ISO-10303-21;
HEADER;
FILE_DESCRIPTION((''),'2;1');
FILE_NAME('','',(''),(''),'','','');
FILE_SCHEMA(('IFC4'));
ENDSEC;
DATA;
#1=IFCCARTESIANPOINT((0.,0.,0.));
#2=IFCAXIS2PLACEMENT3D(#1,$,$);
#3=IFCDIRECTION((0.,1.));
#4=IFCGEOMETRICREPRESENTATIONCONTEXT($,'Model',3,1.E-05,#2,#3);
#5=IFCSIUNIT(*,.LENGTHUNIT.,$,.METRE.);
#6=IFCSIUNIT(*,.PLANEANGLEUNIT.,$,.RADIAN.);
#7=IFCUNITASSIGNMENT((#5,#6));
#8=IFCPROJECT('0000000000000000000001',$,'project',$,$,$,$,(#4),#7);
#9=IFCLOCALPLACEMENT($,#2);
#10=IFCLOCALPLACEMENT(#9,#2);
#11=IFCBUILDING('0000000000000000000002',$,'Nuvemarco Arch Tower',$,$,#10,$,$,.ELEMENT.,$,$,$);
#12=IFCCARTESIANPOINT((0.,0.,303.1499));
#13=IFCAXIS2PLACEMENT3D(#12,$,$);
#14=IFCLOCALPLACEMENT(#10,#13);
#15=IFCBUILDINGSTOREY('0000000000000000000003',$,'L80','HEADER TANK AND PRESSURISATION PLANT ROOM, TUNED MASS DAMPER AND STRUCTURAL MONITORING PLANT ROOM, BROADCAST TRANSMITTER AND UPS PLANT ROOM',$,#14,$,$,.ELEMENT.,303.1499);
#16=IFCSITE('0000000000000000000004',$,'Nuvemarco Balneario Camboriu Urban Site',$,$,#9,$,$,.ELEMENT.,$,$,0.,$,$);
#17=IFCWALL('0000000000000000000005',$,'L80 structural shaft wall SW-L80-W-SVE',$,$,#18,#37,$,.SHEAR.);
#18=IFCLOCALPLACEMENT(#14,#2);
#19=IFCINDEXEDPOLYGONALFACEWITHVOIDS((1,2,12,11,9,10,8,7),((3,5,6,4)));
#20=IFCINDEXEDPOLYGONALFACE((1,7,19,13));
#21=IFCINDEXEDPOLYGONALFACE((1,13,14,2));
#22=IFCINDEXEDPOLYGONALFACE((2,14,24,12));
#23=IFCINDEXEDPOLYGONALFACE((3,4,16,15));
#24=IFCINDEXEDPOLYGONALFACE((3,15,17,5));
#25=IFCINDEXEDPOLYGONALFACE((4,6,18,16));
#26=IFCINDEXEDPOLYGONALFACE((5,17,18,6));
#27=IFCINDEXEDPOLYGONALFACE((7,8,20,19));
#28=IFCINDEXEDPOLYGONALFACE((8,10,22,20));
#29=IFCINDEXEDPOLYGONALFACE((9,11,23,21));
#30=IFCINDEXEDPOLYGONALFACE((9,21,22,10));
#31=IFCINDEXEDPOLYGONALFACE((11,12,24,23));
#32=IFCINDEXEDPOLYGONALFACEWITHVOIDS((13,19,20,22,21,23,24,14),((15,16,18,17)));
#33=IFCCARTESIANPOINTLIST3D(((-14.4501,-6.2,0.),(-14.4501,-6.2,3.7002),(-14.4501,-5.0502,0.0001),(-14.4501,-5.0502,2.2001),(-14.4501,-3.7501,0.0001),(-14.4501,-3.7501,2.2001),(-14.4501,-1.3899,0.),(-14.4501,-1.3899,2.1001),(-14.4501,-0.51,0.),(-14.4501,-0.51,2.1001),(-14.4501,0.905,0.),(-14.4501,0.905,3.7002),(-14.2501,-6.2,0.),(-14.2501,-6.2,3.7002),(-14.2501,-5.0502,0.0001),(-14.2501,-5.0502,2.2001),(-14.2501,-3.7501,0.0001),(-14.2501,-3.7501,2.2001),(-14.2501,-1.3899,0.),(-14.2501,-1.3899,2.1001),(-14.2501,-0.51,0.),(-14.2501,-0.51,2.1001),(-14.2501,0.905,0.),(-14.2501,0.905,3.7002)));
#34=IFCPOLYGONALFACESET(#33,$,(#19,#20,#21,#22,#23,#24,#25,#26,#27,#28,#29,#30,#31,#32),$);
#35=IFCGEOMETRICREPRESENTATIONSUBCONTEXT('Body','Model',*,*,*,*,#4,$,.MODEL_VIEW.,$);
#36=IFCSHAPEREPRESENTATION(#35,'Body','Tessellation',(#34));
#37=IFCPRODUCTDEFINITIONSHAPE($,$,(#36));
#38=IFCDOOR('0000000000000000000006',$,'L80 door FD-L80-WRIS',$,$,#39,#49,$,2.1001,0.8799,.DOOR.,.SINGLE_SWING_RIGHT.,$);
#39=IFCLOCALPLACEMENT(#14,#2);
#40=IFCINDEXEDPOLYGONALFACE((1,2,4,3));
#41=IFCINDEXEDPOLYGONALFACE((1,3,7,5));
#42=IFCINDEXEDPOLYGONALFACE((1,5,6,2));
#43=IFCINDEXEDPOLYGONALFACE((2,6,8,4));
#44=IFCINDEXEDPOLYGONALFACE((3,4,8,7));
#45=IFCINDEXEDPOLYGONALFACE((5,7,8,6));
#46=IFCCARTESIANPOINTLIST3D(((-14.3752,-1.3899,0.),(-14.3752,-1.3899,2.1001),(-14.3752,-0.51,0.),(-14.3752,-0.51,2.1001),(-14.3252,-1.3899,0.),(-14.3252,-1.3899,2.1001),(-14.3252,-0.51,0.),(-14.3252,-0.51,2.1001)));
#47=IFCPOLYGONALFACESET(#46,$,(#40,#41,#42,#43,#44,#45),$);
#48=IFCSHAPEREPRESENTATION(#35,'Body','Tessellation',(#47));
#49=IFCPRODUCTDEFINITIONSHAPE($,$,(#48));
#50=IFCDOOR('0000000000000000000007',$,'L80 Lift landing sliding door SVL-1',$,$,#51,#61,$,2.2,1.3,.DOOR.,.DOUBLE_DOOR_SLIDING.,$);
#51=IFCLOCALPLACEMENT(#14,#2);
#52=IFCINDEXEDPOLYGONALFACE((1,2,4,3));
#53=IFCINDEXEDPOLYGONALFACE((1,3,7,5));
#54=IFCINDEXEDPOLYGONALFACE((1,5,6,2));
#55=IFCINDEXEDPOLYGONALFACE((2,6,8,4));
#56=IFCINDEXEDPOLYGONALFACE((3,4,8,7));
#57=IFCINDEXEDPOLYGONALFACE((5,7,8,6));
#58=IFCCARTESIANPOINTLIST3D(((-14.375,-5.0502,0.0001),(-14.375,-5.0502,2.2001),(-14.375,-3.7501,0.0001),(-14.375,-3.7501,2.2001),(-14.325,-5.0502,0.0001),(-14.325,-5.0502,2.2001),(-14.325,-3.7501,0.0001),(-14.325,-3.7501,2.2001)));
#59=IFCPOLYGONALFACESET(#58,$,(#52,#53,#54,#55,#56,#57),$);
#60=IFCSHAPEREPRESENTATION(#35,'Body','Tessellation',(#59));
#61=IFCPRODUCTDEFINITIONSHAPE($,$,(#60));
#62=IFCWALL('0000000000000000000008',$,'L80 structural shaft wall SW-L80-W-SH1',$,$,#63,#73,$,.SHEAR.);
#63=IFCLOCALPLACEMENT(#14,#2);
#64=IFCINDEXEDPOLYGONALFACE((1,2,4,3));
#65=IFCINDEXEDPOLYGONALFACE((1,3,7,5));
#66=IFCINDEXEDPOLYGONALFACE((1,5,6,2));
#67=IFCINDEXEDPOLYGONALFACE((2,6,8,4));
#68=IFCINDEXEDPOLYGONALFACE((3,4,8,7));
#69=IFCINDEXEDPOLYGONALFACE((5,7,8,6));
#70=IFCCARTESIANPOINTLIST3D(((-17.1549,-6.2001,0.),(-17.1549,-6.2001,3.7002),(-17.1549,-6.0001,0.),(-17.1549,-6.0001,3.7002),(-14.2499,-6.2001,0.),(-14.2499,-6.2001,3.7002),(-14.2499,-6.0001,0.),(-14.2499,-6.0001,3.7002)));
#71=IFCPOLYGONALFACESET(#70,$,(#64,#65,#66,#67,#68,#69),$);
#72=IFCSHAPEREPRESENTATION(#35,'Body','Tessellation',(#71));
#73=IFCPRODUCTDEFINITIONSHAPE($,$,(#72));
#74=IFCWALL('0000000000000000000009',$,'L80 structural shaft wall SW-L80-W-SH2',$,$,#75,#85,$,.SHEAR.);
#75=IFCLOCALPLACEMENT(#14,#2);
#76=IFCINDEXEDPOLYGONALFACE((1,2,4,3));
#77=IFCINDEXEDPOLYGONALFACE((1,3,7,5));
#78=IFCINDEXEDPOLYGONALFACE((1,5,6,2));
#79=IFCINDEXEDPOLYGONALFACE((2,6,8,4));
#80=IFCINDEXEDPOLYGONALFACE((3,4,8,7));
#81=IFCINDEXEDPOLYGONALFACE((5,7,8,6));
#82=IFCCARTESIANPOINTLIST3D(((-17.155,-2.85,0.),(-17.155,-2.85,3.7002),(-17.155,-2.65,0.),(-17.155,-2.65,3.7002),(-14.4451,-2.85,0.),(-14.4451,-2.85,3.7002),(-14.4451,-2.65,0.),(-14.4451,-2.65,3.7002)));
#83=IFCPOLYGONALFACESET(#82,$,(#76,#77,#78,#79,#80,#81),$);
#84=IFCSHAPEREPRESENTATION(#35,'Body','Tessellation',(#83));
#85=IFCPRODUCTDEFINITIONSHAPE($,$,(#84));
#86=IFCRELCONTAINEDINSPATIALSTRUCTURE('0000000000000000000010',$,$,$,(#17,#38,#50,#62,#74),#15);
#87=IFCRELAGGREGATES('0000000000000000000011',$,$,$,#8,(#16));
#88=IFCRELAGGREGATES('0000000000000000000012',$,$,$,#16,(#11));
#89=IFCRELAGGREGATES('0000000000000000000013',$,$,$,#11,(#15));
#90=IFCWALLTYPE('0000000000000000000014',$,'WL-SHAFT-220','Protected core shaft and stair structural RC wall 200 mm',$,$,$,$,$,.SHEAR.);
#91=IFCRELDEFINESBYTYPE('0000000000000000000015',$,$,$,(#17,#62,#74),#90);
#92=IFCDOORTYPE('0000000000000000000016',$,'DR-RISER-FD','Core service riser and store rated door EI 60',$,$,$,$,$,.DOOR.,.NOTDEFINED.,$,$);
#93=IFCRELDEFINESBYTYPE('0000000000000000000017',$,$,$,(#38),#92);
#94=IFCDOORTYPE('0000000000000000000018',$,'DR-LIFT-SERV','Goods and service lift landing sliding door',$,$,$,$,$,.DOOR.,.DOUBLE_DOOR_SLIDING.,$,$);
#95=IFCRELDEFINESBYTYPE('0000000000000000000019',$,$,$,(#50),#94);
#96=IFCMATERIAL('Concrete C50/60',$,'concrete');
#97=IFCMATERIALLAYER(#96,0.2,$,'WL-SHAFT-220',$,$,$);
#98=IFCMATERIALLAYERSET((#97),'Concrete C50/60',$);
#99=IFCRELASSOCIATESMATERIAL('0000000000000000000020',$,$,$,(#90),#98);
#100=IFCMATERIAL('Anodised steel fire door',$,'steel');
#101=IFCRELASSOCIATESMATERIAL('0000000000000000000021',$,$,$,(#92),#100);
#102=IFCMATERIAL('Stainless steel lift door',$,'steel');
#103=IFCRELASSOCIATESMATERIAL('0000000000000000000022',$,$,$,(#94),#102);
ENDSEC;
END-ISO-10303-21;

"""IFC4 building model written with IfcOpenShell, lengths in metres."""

from ifc_helpers import new_model, si_unit, direction, frame, frame_2d, origin, place, context, subcontext, project, spatial, rectangle, extrude, source, transform, mapped, material, layer, layer_set, type_object, type_shapes, element, fill, save


model = new_model("IFC4")

# Units and contexts
model_context = context("Model", 3, precision=1e-05, world=origin(), true_north=direction((0.0, 1.0)))
body_context = subcontext(model_context, "Body", "Model", "MODEL_VIEW")
ifc_project = project(units=[si_unit("LENGTHUNIT", "METRE"), si_unit("PLANEANGLEUNIT", "RADIAN")], contexts=[model_context])

# Site, building, storey
site_placement = place(None, origin())
site = spatial("IfcSite", under=ifc_project, at=site_placement, Name="Nuvemarco Balneario Camboriu Urban Site", CompositionType="ELEMENT", RefElevation=0.0)
building_placement = place(site_placement, origin())
building = spatial("IfcBuilding", under=site, at=building_placement, Name="Nuvemarco Arch Tower", CompositionType="ELEMENT")
storey_placement = place(building_placement, frame((0.0, 0.0, 303.1499)))
storey = spatial("IfcBuildingStorey", under=building, at=storey_placement, Name="L80", Description="HEADER TANK AND PRESSURISATION PLANT ROOM, TUNED MASS DAMPER AND STRUCTURAL MONITORING PLANT ROOM, BROADCAST TRANSMITTER AND UPS PLANT ROOM", CompositionType="ELEMENT", Elevation=303.1499)

# Shared definitions
ifc_material_1 = material(Name="Concrete C50/60", Category="concrete")

# Shared definitions
ifc_layer_1 = layer(ifc_material_1, 0.2, Name="WL-SHAFT-220")
ifc_layer_set_1 = layer_set([ifc_layer_1], Name="Concrete C50/60")
wall_type_1 = type_object("IfcWallType", Name="WL-SHAFT-220", Description="Protected core shaft and stair structural RC wall 200 mm", PredefinedType="SHEAR", material=ifc_layer_set_1)
ifc_material_2 = material(Name="Stainless steel lift door", Category="steel")

# Wall, openings, doors
wall_1_placement = place(storey_placement, frame((-14.3501, -6.2, 0.0), z_axis=(0.0, 0.0, 1.0), x_axis=(0.0, 1.0, 0.0)))
wall_1 = element("IfcWall", 1, at=wall_1_placement, inside=storey, type_object=wall_type_1, Name="L80 structural shaft wall SW-L80-W-SVE", PredefinedType="SHEAR", context=body_context, shape_type="SweptSolid", body=[
    extrude(rectangle(XDim=7.105, YDim=0.2, at=frame_2d((3.5525, 0.0))), origin(), (0.0, 0.0, 1.0), 3.7002),
])
opening_1_placement = place(wall_1_placement, frame((5.6899, 0.0, 0.0), z_axis=(0.0, 0.0, 1.0), x_axis=(-1.0, 0.0, 0.0)))
opening_1 = element("IfcOpeningElement", 2, at=opening_1_placement, cuts=wall_1, PredefinedType="OPENING", context=body_context, shape_type="SweptSolid", body=[
    extrude(rectangle(XDim=0.8799, YDim=2.1001, at=frame_2d((0.4399, 1.05))), frame((0.0, 0.1099, 0.0), z_axis=(0.0, -1.0, 0.0), x_axis=(1.0, 0.0, 0.0)), (0.0, 0.0, 1.0), 0.22),
])
opening_2_placement = place(wall_1_placement, frame((1.1499, 0.0, 0.0)))
opening_2 = element("IfcOpeningElement", 3, at=opening_2_placement, cuts=wall_1, PredefinedType="OPENING", context=body_context, shape_type="SweptSolid", body=[
    extrude(rectangle(XDim=1.3, YDim=2.2, at=frame_2d((0.6499, 1.1001))), frame((0.0, 0.1099, 0.0), z_axis=(0.0, -1.0, 0.0), x_axis=(1.0, 0.0, 0.0)), (0.0, 0.0, 1.0), 0.22),
])
ifc_material_3 = material(Name="Anodised steel fire door", Category="steel")
door_type_1 = type_object("IfcDoorType", Name="DR-RISER-FD", Description="Core service riser and store rated door EI 60", OperationType="NOTDEFINED", PredefinedType="DOOR", material=ifc_material_3)
shared_shape_1 = source(origin(), body_context, "Body", "SweptSolid", [
    extrude(rectangle(XDim=0.8799, YDim=2.1001, at=frame_2d((0.4399, 1.05))), frame((0.0, 0.0249, 0.0), z_axis=(0.0, -1.0, 0.0), x_axis=(1.0, 0.0, 0.0)), (0.0, 0.0, 1.0), 0.05),
])
type_shapes(door_type_1, [shared_shape_1])
door_1_placement = place(opening_1_placement, origin())
door_1 = element("IfcDoor", 4, at=door_1_placement, inside=storey, type_object=door_type_1, Name="L80 door FD-L80-WRIS", OperationType="SINGLE_SWING_RIGHT", OverallHeight=2.1001, OverallWidth=0.8799, PredefinedType="DOOR", context=body_context, shape_type="MappedRepresentation", body=[
    mapped(shared_shape_1, transform((0.0, 0.0, 0.0), scale=1.0)),
])
fill(opening_1, door_1)
door_type_2 = type_object("IfcDoorType", Name="DR-LIFT-SERV", Description="Goods and service lift landing sliding door", OperationType="DOUBLE_DOOR_SLIDING", PredefinedType="DOOR", material=ifc_material_2)
shared_shape_2 = source(origin(), body_context, "Body", "SweptSolid", [
    extrude(rectangle(XDim=1.3, YDim=2.2, at=frame_2d((0.6499, 1.1001))), frame((0.0, 0.0249, 0.0), z_axis=(0.0, -1.0, 0.0), x_axis=(1.0, 0.0, 0.0)), (0.0, 0.0, 1.0), 0.05),
])
type_shapes(door_type_2, [shared_shape_2])
door_2_placement = place(opening_2_placement, origin())
door_2 = element("IfcDoor", 5, at=door_2_placement, inside=storey, type_object=door_type_2, Name="L80 Lift landing sliding door SVL-1", OperationType="DOUBLE_DOOR_SLIDING", OverallHeight=2.2, OverallWidth=1.3, PredefinedType="DOOR", context=body_context, shape_type="MappedRepresentation", body=[
    mapped(shared_shape_2, transform((0.0, 0.0, 0.0), scale=1.0)),
])
fill(opening_2, door_2)

# Walls
wall_2_placement = place(storey_placement, frame((-17.155, -6.1001, 0.0), z_axis=(0.0, 0.0, 1.0), x_axis=(1.0, 0.0, 0.0)))
element("IfcWall", 6, at=wall_2_placement, inside=storey, type_object=wall_type_1, Name="L80 structural shaft wall SW-L80-W-SH1", PredefinedType="SHEAR", context=body_context, shape_type="SweptSolid", body=[
    extrude(rectangle(XDim=2.905, YDim=0.2, at=frame_2d((1.4526, 0.0))), origin(), (0.0, 0.0, 1.0), 3.7002),
])
wall_3_placement = place(storey_placement, frame((-17.155, -2.75, 0.0), z_axis=(0.0, 0.0, 1.0), x_axis=(1.0, 0.0, 0.0)))
element("IfcWall", 7, at=wall_3_placement, inside=storey, type_object=wall_type_1, Name="L80 structural shaft wall SW-L80-W-SH2", PredefinedType="SHEAR", context=body_context, shape_type="SweptSolid", body=[
    extrude(rectangle(XDim=2.71, YDim=0.2, at=frame_2d((1.355, 0.0))), origin(), (0.0, 0.0, 1.0), 3.7002),
])

save(model, "model.ifc")
